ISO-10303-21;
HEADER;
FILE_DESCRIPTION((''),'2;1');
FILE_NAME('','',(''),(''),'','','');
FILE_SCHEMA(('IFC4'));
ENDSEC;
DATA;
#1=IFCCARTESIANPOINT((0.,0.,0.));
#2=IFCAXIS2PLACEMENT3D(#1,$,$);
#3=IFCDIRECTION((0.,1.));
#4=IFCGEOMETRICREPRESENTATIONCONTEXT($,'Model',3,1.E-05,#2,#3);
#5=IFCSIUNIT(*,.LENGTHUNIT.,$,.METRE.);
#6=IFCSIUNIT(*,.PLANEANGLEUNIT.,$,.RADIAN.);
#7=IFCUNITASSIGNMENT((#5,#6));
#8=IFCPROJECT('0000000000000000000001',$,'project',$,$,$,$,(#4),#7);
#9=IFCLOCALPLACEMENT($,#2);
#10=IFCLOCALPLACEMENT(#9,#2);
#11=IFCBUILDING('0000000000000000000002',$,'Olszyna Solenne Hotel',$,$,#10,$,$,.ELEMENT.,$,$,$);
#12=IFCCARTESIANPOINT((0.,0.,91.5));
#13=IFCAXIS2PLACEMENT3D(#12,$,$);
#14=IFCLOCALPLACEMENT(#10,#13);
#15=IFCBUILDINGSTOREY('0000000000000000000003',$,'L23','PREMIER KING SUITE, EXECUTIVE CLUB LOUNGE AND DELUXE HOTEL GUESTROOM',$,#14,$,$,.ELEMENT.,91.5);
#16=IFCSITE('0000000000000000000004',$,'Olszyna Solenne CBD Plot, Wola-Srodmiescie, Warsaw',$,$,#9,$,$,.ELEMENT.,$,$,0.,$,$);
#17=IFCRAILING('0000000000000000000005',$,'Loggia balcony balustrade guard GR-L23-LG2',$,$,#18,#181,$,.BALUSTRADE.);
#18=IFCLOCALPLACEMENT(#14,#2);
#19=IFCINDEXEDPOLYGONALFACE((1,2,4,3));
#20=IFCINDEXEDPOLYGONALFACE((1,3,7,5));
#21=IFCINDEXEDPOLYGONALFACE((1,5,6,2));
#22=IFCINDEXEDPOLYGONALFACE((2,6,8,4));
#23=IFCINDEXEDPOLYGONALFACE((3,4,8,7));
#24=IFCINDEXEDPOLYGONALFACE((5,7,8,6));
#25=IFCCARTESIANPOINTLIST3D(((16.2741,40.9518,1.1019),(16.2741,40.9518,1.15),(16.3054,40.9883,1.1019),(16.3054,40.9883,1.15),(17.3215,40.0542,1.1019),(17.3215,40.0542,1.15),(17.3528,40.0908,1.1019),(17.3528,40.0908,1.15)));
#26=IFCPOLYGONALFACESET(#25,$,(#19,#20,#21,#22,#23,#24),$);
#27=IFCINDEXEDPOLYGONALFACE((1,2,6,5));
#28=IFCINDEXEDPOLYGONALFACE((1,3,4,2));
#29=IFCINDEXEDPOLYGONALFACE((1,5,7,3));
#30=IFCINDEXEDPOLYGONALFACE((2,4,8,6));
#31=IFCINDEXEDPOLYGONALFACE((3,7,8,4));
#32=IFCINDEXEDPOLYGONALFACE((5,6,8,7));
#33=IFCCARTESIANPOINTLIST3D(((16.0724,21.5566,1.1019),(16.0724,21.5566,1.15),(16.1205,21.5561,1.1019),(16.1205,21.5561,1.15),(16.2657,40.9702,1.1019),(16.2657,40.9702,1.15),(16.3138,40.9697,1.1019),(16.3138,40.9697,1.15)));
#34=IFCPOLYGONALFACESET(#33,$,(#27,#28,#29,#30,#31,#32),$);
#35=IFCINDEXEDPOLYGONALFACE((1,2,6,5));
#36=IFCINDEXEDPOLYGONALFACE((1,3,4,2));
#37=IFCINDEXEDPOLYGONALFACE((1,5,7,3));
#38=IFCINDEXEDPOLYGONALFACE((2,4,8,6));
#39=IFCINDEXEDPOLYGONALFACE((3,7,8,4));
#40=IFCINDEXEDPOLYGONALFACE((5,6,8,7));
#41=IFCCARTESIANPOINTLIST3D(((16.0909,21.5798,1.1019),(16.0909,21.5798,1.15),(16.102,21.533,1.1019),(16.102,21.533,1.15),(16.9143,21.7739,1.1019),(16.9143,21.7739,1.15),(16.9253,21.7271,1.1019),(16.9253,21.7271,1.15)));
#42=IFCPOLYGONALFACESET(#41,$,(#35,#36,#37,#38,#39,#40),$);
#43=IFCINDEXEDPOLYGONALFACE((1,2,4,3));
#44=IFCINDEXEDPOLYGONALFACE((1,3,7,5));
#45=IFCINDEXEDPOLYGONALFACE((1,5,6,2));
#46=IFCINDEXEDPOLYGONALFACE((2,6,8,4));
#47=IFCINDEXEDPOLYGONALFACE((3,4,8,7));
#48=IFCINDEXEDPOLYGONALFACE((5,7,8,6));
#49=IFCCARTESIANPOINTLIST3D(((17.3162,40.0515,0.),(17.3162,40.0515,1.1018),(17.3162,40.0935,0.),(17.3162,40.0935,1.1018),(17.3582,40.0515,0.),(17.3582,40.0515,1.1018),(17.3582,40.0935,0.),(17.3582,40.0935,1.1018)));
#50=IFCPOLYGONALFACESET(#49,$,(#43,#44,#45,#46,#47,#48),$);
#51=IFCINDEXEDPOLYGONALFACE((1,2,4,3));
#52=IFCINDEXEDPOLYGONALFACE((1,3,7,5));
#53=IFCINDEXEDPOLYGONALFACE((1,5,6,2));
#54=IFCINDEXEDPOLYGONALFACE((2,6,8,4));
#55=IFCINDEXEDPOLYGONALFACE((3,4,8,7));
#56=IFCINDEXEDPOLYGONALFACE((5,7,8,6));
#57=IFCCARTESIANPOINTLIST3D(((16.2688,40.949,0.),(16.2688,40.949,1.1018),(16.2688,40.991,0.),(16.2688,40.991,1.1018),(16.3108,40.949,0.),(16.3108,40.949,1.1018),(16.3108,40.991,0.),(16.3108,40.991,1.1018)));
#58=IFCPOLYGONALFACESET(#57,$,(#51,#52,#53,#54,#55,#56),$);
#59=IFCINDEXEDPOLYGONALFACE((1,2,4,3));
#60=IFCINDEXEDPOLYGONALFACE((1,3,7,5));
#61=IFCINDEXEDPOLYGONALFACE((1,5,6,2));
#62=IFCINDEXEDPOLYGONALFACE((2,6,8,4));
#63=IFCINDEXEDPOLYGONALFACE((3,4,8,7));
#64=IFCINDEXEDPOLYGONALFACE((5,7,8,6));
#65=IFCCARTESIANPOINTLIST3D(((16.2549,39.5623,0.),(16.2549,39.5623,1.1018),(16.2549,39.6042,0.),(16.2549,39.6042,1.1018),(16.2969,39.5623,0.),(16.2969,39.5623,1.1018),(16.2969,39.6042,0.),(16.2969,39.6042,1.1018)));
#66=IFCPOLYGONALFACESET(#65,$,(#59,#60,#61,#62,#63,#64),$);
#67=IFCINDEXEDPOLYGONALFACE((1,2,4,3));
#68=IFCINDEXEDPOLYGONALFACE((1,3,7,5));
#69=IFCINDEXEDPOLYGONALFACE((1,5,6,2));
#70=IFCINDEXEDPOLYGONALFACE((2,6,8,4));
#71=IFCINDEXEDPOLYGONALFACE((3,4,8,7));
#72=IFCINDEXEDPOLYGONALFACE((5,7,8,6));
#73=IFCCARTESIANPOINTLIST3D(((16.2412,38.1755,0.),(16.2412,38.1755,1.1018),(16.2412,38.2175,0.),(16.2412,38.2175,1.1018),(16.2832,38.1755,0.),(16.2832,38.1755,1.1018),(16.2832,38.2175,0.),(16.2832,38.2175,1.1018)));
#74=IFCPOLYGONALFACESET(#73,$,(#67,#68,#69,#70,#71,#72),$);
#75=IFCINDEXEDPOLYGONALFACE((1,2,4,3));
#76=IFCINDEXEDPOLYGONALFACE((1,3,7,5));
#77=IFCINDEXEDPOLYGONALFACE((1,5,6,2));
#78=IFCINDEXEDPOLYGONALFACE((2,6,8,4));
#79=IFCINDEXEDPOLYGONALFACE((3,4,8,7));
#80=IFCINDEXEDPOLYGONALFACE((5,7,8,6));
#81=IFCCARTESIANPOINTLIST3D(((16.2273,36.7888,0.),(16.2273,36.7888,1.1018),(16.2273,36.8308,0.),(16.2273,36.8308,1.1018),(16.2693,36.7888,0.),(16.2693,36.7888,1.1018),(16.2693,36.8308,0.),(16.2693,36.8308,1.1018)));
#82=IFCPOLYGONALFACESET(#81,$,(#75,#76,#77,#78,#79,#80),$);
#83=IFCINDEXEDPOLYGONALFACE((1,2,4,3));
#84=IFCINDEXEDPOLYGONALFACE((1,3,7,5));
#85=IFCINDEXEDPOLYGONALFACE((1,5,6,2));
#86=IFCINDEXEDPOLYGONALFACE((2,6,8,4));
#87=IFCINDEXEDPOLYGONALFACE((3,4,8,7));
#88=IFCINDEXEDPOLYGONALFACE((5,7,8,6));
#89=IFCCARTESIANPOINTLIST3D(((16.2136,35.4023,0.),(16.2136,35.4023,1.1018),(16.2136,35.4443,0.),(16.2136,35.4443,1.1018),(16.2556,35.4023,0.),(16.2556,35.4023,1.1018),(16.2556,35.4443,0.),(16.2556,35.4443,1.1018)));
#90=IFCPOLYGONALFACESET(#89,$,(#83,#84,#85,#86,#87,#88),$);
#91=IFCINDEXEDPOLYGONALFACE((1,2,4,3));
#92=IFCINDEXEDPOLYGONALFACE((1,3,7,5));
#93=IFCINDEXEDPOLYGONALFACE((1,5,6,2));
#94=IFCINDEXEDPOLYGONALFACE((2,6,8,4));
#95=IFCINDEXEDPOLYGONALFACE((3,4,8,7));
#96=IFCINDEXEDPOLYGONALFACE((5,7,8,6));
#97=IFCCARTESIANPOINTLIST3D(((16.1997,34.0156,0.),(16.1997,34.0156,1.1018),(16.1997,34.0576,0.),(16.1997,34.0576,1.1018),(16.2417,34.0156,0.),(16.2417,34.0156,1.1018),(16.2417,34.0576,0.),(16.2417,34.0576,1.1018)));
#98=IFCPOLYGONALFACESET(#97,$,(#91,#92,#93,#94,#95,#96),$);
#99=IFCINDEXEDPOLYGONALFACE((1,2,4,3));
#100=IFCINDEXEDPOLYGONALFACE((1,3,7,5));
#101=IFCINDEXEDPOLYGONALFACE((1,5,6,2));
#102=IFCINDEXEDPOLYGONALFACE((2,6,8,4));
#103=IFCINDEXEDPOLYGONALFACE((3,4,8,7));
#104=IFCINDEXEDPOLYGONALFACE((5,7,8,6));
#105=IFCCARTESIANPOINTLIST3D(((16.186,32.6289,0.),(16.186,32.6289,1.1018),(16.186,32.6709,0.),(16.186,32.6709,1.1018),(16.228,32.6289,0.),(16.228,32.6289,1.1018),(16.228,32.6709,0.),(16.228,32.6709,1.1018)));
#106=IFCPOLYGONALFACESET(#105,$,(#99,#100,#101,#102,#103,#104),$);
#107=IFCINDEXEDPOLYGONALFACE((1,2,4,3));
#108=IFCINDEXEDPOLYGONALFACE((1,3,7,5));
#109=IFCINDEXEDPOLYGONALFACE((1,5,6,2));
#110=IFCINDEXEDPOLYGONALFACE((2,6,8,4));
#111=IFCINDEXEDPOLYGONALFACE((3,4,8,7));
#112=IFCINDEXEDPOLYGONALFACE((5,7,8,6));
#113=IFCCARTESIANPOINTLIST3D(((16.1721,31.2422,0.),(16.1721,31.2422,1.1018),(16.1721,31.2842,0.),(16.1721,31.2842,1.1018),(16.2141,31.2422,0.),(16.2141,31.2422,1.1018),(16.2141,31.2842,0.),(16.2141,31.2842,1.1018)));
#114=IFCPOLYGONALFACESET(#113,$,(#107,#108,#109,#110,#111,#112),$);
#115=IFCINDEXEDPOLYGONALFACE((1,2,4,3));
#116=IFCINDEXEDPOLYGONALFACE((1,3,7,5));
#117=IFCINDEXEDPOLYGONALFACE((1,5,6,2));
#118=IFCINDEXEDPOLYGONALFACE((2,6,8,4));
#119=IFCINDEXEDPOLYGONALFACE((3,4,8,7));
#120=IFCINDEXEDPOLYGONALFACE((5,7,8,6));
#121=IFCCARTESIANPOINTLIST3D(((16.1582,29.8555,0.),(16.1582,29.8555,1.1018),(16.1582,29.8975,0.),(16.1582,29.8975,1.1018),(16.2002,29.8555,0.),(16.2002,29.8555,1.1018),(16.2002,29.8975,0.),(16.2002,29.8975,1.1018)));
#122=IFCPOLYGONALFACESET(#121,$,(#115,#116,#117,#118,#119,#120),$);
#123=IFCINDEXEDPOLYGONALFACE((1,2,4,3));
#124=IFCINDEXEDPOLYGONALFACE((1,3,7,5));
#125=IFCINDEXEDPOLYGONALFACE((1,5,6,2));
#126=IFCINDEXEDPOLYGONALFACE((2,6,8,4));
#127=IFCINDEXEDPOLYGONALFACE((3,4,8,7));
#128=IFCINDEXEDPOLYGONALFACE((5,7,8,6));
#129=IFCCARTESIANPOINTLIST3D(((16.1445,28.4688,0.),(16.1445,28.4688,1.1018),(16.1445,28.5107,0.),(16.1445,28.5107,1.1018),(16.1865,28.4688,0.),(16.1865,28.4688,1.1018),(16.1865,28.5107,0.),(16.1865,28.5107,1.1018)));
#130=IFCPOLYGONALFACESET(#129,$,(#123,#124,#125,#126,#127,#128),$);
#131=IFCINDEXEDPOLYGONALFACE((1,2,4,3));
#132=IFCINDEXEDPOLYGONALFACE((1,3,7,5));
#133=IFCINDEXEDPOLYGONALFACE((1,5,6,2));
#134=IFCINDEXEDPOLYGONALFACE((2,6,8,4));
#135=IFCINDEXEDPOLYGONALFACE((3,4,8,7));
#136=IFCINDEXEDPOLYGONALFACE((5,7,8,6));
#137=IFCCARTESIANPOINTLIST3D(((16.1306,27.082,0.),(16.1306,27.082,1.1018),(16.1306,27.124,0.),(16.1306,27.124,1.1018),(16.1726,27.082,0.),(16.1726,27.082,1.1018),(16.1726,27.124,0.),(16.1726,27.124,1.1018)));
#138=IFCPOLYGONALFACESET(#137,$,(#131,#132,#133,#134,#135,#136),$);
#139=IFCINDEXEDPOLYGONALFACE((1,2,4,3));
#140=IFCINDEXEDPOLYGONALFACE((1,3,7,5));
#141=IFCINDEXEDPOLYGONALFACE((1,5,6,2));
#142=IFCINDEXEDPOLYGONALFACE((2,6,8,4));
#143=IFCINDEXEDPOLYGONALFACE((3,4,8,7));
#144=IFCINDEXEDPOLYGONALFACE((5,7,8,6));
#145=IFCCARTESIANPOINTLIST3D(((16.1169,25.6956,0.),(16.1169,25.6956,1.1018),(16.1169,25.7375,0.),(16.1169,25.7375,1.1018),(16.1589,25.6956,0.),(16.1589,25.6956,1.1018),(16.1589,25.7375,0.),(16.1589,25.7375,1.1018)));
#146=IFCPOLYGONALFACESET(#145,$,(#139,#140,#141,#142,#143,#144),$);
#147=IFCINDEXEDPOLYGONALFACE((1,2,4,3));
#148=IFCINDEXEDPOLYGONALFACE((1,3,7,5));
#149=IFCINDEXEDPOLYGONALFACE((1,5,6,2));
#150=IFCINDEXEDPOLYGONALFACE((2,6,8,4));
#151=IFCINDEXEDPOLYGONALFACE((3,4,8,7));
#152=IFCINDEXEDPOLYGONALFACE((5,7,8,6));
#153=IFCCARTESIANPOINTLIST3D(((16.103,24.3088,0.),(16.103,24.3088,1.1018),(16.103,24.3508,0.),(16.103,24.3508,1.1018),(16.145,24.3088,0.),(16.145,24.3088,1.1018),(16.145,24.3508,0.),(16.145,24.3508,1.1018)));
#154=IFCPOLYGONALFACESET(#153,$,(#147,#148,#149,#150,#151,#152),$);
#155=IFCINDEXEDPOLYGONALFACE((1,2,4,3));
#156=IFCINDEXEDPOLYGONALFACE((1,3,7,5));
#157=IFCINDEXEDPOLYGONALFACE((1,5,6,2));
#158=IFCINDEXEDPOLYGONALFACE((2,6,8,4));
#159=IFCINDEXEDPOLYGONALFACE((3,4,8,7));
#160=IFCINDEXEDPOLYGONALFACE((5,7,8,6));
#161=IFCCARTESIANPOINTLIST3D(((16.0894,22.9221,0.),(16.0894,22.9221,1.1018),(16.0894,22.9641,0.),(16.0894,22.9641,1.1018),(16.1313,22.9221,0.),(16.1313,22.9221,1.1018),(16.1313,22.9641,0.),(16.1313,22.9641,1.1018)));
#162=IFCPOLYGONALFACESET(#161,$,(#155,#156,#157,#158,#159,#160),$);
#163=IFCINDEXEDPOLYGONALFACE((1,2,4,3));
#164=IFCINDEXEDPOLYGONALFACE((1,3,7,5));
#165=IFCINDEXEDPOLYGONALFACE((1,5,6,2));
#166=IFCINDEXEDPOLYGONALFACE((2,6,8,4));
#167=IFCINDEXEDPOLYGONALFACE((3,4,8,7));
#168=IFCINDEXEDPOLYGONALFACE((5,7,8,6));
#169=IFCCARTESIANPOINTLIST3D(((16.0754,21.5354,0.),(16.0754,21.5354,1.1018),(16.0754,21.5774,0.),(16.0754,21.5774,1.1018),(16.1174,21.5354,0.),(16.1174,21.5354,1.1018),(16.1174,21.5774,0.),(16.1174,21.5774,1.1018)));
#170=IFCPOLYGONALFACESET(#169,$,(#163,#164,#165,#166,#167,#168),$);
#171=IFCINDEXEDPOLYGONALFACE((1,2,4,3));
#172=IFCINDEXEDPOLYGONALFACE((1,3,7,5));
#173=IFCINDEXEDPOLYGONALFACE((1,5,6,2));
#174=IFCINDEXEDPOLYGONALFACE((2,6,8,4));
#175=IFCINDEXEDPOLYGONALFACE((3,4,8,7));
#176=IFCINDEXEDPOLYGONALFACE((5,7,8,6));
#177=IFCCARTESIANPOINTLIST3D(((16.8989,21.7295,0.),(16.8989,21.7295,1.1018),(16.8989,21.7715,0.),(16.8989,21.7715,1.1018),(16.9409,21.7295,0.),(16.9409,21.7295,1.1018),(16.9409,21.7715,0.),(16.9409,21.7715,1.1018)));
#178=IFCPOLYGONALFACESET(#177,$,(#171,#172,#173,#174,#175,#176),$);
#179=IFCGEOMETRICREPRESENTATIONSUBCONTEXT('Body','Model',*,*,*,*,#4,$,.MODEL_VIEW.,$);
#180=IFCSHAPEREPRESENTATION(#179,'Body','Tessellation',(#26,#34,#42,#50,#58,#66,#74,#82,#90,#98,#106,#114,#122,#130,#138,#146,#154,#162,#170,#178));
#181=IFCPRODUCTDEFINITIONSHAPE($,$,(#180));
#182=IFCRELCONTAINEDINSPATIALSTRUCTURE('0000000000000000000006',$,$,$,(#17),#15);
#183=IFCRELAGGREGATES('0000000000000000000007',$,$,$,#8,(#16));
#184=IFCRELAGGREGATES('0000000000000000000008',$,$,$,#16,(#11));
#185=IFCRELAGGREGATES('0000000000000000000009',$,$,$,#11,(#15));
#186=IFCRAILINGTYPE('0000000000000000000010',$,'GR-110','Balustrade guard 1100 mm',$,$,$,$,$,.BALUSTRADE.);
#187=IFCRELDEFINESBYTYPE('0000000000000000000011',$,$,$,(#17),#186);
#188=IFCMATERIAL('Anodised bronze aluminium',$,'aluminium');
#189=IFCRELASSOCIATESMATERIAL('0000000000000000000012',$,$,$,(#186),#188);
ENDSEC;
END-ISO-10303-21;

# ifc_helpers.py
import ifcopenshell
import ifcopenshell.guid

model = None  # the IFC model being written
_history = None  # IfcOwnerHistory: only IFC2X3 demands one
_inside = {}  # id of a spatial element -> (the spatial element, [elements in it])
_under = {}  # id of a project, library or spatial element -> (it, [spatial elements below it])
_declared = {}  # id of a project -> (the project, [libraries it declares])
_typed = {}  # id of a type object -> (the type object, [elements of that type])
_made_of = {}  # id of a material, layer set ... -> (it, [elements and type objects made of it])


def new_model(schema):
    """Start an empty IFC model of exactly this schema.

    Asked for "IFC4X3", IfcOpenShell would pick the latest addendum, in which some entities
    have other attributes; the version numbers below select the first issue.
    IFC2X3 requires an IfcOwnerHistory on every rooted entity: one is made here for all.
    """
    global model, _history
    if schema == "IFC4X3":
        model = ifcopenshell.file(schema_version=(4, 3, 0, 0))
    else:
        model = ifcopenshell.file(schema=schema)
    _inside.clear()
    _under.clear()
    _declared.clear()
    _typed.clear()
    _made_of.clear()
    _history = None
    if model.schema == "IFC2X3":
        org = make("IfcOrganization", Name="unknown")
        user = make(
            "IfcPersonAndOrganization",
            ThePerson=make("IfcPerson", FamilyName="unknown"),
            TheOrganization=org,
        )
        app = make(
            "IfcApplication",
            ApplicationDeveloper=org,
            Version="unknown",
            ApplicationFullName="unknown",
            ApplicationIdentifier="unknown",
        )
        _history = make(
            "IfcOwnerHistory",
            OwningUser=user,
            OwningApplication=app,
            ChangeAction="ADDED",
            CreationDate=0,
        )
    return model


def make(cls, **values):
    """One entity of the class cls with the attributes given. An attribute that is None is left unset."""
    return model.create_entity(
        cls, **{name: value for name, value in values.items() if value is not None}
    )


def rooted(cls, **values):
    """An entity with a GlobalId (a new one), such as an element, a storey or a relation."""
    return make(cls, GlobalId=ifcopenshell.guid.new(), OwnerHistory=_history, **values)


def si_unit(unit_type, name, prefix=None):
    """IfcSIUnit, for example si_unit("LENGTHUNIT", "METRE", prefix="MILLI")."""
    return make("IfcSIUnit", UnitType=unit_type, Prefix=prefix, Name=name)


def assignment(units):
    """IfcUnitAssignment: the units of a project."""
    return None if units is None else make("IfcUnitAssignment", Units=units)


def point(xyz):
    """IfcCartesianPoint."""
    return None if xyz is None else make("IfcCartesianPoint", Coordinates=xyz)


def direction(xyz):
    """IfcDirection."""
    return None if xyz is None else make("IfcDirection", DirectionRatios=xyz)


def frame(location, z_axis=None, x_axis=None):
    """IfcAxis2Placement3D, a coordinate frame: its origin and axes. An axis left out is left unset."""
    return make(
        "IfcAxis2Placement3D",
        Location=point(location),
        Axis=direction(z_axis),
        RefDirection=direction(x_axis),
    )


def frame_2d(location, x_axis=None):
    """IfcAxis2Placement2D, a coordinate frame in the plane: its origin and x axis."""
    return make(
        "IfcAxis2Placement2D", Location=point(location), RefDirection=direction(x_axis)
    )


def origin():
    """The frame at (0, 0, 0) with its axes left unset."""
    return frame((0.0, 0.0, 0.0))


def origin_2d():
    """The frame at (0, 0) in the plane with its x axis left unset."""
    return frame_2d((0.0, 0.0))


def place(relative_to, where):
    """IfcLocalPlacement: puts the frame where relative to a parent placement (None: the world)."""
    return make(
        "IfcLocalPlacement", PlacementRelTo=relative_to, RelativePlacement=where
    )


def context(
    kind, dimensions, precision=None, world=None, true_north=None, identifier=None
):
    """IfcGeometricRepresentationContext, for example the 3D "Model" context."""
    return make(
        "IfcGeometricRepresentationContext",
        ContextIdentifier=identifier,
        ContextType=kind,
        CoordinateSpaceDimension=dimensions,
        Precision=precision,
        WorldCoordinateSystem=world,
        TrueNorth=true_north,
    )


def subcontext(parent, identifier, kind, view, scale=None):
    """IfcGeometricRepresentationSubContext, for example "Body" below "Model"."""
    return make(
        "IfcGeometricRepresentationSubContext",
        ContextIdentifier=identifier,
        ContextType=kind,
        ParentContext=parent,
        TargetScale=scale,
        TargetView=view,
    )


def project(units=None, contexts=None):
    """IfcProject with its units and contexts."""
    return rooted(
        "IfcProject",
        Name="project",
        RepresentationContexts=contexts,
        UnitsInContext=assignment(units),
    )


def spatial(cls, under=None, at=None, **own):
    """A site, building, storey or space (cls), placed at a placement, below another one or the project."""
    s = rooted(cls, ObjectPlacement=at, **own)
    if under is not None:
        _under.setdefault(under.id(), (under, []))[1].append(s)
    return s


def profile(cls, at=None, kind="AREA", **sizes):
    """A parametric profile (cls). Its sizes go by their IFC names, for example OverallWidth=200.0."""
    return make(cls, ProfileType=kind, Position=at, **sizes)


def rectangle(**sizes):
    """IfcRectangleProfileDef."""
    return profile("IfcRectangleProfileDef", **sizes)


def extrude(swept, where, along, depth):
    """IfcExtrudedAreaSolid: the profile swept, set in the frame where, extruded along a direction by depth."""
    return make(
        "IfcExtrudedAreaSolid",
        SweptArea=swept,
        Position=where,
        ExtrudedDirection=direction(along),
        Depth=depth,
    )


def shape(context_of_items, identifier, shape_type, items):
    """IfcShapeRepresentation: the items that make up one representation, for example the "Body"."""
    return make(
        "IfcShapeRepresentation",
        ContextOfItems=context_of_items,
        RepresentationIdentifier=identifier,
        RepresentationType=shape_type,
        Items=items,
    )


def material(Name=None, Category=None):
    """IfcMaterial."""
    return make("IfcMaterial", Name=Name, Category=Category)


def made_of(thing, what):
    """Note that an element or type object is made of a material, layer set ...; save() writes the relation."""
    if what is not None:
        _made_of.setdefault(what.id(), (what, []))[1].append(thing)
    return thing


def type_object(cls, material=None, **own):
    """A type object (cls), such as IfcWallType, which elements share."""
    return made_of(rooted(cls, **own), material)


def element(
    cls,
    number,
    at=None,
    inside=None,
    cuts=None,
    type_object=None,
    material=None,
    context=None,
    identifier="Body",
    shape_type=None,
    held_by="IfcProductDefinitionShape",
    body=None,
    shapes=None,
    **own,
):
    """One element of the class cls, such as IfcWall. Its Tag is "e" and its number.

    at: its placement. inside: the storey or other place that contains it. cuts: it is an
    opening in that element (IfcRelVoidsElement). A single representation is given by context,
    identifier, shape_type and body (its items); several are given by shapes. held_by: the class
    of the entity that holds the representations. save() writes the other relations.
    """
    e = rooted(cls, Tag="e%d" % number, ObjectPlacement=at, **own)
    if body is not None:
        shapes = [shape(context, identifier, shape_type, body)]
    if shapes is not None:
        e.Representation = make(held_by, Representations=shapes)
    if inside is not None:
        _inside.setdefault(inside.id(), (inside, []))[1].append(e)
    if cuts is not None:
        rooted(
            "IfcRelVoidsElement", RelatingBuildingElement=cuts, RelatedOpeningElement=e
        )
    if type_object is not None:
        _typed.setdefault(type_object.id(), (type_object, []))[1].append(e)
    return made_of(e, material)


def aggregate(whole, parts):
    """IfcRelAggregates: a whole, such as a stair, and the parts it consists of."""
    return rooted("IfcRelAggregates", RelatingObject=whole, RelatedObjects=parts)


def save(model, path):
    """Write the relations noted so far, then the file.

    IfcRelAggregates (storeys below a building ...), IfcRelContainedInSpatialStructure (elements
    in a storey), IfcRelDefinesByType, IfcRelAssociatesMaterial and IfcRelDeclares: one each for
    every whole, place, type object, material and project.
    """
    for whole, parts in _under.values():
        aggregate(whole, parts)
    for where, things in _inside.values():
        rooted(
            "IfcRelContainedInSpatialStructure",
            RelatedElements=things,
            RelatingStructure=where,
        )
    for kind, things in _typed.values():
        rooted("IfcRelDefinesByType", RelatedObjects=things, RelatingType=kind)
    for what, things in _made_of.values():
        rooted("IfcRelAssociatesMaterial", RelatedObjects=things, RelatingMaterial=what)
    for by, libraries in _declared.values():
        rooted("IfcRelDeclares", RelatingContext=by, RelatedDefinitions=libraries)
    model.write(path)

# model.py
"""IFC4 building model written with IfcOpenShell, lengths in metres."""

from ifc_helpers import new_model, si_unit, direction, frame, origin, origin_2d, place, context, subcontext, project, spatial, rectangle, extrude, material, type_object, element, save


model = new_model("IFC4")

# Units and contexts
model_context = context("Model", 3, precision=1e-05, world=origin(), true_north=direction((0.0, 1.0)))
body_context = subcontext(model_context, "Body", "Model", "MODEL_VIEW")
ifc_project = project(units=[si_unit("LENGTHUNIT", "METRE"), si_unit("PLANEANGLEUNIT", "RADIAN")], contexts=[model_context])

# Site, building, storey
site_placement = place(None, origin())
site = spatial("IfcSite", under=ifc_project, at=site_placement, Name="Olszyna Solenne CBD Plot, Wola-Srodmiescie, Warsaw", CompositionType="ELEMENT", RefElevation=0.0)
building_placement = place(site_placement, origin())
building = spatial("IfcBuilding", under=site, at=building_placement, Name="Olszyna Solenne Hotel", CompositionType="ELEMENT")
storey_placement = place(building_placement, frame((0.0, 0.0, 91.5)))
storey = spatial("IfcBuildingStorey", under=building, at=storey_placement, Name="L23", Description="PREMIER KING SUITE, EXECUTIVE CLUB LOUNGE AND DELUXE HOTEL GUESTROOM", CompositionType="ELEMENT", Elevation=91.5)

# Shared definitions
ifc_material_1 = material(Name="Anodised bronze aluminium", Category="aluminium")

# Railing
railing_type = type_object("IfcRailingType", Name="GR-110", Description="Balustrade guard 1100 mm", PredefinedType="BALUSTRADE", material=ifc_material_1)
railing_placement = place(storey_placement, frame((17.3372, 40.0725, 0.0)))
element("IfcRailing", 1, at=railing_placement, inside=storey, type_object=railing_type, Name="Loggia balcony balustrade guard GR-L23-LG2", PredefinedType="BALUSTRADE", context=body_context, shape_type="SweptSolid", body=[
    extrude(rectangle(XDim=0.0481, YDim=0.0481, at=origin_2d()), frame((0.0, 0.0, 1.126), z_axis=(-0.759357, 0.650675, 0.0), x_axis=(-0.650675, -0.759357, 0.0)), (0.0, 0.0, 1.0), 1.3794),
    extrude(rectangle(XDim=0.0481, YDim=0.0481, at=origin_2d()), frame((-1.0474, 0.8975, 1.126), z_axis=(-0.00996, -0.99995, 0.0), x_axis=(0.99995, -0.00996, 0.0)), (0.0, 0.0, 1.0), 19.4146),
    extrude(rectangle(XDim=0.0481, YDim=0.0481, at=origin_2d()), frame((-1.2407, -18.5161, 1.126), z_axis=(0.97333, 0.229409, 0.0), x_axis=(-0.229409, 0.97333, 0.0)), (0.0, 0.0, 1.0), 0.8459),
    extrude(rectangle(XDim=0.042, YDim=0.042, at=origin_2d()), origin(), (0.0, 0.0, 1.0), 1.1018),
    extrude(rectangle(XDim=0.042, YDim=0.042, at=origin_2d()), frame((-1.0474, 0.8975, 0.0)), (0.0, 0.0, 1.0), 1.1018),
    extrude(rectangle(XDim=0.042, YDim=0.042, at=origin_2d()), frame((-1.0613, -0.4893, 0.0)), (0.0, 0.0, 1.0), 1.1018),
    extrude(rectangle(XDim=0.042, YDim=0.042, at=origin_2d()), frame((-1.075, -1.876, 0.0)), (0.0, 0.0, 1.0), 1.1018),
    extrude(rectangle(XDim=0.042, YDim=0.042, at=origin_2d()), frame((-1.0889, -3.2627, 0.0)), (0.0, 0.0, 1.0), 1.1018),
    extrude(rectangle(XDim=0.042, YDim=0.042, at=origin_2d()), frame((-1.1025, -4.6492, 0.0)), (0.0, 0.0, 1.0), 1.1018),
    extrude(rectangle(XDim=0.042, YDim=0.042, at=origin_2d()), frame((-1.1165, -6.0359, 0.0)), (0.0, 0.0, 1.0), 1.1018),
    extrude(rectangle(XDim=0.042, YDim=0.042, at=origin_2d()), frame((-1.1301, -7.4226, 0.0)), (0.0, 0.0, 1.0), 1.1018),
    extrude(rectangle(XDim=0.042, YDim=0.042, at=origin_2d()), frame((-1.144, -8.8093, 0.0)), (0.0, 0.0, 1.0), 1.1018),
    extrude(rectangle(XDim=0.042, YDim=0.042, at=origin_2d()), frame((-1.158, -10.196, 0.0)), (0.0, 0.0, 1.0), 1.1018),
    extrude(rectangle(XDim=0.042, YDim=0.042, at=origin_2d()), frame((-1.1716, -11.5828, 0.0)), (0.0, 0.0, 1.0), 1.1018),
    extrude(rectangle(XDim=0.042, YDim=0.042, at=origin_2d()), frame((-1.1855, -12.9695, 0.0)), (0.0, 0.0, 1.0), 1.1018),
    extrude(rectangle(XDim=0.042, YDim=0.042, at=origin_2d()), frame((-1.1992, -14.356, 0.0)), (0.0, 0.0, 1.0), 1.1018),
    extrude(rectangle(XDim=0.042, YDim=0.042, at=origin_2d()), frame((-1.2131, -15.7427, 0.0)), (0.0, 0.0, 1.0), 1.1018),
    extrude(rectangle(XDim=0.042, YDim=0.042, at=origin_2d()), frame((-1.2268, -17.1294, 0.0)), (0.0, 0.0, 1.0), 1.1018),
    extrude(rectangle(XDim=0.042, YDim=0.042, at=origin_2d()), frame((-1.2407, -18.5161, 0.0)), (0.0, 0.0, 1.0), 1.1018),
    extrude(rectangle(XDim=0.042, YDim=0.042, at=origin_2d()), frame((-0.4172, -18.322, 0.0)), (0.0, 0.0, 1.0), 1.1018),
])

save(model, "model.ifc")
